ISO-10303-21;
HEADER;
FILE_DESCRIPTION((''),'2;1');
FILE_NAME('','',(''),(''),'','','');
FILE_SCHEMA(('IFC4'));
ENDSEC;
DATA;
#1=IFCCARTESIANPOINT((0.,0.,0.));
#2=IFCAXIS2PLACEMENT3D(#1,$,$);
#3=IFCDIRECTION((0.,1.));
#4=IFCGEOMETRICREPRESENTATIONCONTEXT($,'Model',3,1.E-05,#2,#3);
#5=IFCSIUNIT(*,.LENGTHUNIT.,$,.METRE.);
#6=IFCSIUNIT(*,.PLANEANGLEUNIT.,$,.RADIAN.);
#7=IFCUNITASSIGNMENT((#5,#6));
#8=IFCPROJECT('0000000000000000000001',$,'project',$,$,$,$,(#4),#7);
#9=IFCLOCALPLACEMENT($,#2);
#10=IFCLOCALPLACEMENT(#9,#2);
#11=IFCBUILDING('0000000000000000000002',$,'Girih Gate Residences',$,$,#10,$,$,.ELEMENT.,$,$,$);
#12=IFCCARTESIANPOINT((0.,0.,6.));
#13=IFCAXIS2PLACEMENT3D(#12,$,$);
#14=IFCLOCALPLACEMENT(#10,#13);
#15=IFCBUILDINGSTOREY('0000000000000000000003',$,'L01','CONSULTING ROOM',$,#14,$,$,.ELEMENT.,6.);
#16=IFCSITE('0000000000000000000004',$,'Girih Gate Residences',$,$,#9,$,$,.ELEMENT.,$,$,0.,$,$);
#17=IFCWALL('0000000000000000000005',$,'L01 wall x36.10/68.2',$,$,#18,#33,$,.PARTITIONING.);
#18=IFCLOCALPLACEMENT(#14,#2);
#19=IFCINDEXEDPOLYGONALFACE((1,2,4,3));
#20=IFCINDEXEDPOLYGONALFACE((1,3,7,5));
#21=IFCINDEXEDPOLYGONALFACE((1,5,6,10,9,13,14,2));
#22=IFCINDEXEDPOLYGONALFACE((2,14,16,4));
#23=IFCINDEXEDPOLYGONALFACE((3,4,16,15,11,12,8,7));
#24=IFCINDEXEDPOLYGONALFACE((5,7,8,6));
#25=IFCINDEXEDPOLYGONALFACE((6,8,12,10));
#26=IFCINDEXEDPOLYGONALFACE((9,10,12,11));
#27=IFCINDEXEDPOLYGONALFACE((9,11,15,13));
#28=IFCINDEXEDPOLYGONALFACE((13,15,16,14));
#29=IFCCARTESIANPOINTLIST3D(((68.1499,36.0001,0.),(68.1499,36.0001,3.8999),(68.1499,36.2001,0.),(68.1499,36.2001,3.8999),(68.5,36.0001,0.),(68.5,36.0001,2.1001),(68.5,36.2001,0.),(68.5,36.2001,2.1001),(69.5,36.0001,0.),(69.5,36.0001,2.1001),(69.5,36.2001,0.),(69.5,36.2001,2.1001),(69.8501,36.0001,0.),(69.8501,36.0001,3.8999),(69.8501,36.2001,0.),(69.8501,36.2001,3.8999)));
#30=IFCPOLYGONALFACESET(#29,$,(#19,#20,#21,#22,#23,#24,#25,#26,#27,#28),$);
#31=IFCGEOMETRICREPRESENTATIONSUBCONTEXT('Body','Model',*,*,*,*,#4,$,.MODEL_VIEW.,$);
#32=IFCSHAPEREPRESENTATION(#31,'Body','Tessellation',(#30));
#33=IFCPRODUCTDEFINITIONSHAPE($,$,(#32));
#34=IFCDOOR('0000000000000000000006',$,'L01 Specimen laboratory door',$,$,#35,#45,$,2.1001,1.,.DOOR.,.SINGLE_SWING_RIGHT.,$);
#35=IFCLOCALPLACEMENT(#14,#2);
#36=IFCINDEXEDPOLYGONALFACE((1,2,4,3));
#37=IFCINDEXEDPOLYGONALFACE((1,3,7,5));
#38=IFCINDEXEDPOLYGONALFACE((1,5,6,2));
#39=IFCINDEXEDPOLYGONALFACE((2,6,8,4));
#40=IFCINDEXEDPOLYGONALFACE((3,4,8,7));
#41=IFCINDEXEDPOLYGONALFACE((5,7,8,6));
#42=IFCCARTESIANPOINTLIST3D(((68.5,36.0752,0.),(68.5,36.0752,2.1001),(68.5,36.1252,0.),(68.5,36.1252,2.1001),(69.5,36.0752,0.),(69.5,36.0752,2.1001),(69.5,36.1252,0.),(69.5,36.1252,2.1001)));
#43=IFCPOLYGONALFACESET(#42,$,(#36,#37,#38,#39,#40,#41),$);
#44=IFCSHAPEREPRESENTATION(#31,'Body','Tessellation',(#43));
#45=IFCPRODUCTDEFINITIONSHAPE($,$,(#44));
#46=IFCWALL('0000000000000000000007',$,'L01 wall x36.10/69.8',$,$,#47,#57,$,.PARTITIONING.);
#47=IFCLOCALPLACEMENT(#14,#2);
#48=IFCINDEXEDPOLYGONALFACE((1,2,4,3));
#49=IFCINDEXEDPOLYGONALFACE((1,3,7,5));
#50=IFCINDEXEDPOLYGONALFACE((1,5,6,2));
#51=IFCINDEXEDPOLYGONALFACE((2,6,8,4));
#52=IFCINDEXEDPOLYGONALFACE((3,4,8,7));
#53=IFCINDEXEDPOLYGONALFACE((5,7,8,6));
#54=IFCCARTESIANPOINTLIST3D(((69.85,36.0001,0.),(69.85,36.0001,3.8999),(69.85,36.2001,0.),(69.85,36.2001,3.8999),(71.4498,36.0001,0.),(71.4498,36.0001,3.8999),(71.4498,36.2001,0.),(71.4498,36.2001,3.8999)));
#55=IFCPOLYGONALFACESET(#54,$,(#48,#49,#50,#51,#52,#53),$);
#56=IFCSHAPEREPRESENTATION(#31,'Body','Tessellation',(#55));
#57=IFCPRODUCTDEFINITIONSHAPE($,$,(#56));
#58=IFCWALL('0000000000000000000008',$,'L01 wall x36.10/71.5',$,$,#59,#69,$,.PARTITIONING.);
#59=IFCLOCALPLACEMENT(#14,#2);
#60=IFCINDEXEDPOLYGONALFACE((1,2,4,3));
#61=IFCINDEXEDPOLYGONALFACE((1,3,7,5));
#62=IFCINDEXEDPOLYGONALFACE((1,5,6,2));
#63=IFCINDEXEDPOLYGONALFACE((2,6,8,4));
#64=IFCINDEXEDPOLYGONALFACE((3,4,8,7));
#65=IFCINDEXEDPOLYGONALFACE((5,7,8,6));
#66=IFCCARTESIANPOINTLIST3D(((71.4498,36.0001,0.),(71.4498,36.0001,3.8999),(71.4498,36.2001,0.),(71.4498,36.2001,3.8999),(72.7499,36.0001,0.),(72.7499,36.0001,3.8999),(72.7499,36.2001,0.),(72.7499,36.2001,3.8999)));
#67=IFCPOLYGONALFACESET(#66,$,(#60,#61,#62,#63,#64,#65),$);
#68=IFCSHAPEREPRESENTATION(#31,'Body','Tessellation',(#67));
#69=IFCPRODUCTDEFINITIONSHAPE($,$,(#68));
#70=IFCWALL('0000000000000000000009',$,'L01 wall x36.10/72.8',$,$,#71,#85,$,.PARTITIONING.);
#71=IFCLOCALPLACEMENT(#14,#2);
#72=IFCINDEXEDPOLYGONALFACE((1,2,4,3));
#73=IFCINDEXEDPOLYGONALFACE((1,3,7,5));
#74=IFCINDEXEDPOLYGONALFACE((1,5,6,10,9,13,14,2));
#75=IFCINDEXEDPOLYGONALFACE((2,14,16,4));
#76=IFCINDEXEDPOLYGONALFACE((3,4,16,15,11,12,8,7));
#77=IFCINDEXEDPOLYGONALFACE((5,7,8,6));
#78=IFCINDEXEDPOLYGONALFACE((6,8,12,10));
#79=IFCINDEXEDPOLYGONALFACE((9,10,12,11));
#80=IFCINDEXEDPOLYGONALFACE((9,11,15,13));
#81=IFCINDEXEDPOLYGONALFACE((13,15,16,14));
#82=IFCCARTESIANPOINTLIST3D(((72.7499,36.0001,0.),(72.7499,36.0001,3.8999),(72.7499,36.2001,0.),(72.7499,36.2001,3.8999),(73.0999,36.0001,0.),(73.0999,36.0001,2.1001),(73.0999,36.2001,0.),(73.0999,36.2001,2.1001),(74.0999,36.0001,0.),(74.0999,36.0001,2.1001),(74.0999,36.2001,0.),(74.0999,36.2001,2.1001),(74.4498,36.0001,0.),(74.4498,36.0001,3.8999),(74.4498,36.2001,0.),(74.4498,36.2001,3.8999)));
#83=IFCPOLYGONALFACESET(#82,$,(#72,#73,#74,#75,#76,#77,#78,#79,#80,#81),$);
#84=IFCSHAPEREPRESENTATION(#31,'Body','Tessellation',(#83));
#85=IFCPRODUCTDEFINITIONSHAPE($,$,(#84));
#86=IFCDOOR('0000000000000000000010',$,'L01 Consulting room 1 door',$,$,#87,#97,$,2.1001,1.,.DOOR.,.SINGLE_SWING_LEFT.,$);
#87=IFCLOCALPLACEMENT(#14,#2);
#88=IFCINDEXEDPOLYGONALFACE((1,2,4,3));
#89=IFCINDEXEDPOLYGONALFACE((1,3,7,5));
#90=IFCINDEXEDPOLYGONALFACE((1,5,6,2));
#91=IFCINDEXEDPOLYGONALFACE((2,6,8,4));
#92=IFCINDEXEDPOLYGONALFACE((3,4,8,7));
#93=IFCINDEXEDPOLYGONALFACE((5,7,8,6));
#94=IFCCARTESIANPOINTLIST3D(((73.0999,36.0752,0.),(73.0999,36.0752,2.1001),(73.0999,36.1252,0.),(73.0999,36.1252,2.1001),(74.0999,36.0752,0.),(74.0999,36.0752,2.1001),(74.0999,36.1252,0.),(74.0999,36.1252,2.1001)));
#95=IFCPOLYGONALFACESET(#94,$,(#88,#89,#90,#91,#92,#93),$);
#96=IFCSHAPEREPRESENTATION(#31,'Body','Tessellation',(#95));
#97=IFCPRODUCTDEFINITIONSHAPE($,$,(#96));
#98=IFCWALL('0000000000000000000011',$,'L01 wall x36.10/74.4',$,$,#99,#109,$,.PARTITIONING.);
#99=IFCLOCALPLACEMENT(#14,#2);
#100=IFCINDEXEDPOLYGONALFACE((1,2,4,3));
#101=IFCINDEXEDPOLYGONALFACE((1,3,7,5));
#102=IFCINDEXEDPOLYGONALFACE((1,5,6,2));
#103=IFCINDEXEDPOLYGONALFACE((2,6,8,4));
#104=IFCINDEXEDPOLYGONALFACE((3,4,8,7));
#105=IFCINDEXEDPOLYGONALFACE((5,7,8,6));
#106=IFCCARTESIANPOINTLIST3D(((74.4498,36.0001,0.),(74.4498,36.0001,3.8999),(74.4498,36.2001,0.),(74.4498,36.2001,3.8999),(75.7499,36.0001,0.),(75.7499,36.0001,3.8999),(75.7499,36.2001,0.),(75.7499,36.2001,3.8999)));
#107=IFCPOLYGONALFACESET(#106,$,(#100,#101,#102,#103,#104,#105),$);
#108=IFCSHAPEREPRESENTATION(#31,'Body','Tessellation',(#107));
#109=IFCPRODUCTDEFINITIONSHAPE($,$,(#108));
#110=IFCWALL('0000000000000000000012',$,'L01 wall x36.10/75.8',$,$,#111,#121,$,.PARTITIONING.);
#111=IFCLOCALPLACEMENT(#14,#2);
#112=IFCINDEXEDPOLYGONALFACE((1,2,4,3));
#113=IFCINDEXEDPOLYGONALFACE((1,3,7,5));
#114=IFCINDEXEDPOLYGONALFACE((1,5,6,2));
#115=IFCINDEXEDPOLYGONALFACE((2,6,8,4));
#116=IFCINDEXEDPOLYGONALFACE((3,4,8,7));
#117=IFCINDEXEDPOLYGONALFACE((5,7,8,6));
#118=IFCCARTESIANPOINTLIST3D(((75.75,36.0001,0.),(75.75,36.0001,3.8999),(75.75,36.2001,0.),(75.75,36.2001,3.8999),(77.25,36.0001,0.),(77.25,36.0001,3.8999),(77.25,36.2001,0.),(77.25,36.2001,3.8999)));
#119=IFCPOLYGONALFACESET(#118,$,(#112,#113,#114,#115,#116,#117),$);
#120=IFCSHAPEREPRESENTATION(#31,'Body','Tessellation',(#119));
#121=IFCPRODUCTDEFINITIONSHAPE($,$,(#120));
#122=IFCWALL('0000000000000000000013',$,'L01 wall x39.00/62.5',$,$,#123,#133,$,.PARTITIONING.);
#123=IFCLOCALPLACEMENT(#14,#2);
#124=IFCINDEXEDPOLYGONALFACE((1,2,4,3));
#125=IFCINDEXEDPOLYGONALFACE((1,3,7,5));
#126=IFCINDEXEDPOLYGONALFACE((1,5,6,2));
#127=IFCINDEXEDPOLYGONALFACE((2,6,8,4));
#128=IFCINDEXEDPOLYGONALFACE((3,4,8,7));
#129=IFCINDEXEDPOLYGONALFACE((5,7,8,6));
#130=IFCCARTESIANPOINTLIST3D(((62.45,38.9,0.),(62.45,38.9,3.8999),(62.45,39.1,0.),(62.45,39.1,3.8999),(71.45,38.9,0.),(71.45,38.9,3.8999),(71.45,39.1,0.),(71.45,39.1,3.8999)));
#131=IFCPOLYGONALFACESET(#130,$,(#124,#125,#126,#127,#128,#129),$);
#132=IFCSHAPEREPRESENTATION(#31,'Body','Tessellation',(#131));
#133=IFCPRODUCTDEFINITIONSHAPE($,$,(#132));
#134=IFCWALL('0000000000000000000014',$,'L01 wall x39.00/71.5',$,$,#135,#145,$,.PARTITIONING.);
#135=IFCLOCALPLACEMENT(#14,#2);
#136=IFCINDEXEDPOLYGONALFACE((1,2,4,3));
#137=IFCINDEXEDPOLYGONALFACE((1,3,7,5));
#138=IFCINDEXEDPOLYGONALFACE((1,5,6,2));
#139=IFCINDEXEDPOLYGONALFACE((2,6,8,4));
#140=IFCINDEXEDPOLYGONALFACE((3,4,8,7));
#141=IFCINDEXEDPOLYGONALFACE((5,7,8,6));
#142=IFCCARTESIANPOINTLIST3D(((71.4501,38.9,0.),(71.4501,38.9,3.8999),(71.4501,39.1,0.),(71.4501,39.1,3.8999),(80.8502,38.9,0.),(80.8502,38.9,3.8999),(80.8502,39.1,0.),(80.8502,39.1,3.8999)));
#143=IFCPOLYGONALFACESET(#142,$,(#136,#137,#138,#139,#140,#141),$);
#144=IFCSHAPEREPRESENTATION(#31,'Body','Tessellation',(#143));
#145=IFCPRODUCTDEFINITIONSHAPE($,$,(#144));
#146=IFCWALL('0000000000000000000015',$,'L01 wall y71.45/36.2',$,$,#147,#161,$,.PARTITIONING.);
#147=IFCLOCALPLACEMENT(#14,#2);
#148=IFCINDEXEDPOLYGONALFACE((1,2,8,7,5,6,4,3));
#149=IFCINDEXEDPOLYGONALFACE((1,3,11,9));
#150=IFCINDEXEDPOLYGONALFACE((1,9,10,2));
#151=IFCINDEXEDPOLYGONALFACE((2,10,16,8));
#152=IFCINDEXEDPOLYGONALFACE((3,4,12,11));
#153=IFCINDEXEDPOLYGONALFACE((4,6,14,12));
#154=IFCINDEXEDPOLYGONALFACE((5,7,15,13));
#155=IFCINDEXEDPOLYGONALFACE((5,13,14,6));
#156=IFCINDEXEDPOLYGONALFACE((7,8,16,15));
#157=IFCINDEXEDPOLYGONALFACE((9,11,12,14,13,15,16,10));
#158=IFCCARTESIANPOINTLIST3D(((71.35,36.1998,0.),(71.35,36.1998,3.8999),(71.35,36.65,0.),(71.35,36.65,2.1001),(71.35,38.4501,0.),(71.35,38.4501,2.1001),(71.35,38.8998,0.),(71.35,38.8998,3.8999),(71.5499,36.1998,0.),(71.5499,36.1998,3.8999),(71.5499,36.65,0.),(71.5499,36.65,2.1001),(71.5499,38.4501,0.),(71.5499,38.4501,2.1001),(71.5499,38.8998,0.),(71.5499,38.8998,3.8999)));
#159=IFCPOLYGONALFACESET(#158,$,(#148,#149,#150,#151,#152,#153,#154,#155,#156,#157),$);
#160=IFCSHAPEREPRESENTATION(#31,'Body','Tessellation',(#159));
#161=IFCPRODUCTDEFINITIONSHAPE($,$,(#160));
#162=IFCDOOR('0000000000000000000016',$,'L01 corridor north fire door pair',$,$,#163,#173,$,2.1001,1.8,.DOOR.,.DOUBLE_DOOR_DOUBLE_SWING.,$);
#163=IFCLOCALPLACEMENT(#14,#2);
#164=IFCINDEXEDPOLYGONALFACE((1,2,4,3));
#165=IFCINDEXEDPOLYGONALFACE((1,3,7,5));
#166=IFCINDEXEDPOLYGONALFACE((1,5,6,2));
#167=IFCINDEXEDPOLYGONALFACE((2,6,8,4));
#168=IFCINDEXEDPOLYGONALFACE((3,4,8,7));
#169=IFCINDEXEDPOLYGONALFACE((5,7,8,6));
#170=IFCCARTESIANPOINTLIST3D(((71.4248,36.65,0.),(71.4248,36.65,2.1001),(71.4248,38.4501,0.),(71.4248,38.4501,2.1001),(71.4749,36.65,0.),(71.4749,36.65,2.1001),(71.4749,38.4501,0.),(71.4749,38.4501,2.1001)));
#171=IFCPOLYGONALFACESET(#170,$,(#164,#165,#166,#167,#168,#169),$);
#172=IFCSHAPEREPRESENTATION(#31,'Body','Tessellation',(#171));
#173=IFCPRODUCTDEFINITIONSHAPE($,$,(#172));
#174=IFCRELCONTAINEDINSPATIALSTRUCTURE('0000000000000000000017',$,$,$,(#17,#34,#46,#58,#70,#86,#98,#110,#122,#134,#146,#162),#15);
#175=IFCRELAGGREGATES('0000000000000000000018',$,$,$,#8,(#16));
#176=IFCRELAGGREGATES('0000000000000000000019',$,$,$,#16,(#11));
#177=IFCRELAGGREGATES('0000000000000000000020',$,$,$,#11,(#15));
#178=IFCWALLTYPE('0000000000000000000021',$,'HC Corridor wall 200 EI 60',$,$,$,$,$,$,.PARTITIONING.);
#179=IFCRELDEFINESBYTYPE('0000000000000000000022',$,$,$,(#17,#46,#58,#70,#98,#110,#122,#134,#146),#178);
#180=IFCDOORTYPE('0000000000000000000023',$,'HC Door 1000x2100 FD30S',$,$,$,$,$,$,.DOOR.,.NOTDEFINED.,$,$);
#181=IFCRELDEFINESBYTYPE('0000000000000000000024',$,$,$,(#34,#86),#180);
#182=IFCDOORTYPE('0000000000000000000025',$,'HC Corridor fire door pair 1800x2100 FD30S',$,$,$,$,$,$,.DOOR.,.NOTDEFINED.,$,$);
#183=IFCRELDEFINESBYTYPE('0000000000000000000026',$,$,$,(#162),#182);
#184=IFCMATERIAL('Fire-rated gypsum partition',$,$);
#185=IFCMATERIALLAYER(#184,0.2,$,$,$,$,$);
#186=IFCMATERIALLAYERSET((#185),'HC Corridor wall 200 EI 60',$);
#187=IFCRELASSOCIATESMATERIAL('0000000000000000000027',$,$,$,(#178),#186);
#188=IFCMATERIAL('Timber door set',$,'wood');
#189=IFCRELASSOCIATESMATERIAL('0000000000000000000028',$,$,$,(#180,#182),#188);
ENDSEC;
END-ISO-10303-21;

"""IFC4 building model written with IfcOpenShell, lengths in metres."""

from ifc_helpers import new_model, si_unit, direction, frame, frame_2d, origin, place, context, subcontext, project, spatial, rectangle, extrude, material, layer, layer_set, type_object, element, fill, save


model = new_model("IFC4")

# Units and contexts
model_context = context("Model", 3, precision=1e-05, world=origin(), true_north=direction((0.0, 1.0)))
body_context = subcontext(model_context, "Body", "Model", "MODEL_VIEW")
ifc_project = project(units=[si_unit("LENGTHUNIT", "METRE"), si_unit("PLANEANGLEUNIT", "RADIAN")], contexts=[model_context])

# Site, building, storey
site_placement = place(None, origin())
site = spatial("IfcSite", under=ifc_project, at=site_placement, Name="Girih Gate Residences", CompositionType="ELEMENT", RefElevation=0.0)
building_placement = place(site_placement, origin())
building = spatial("IfcBuilding", under=site, at=building_placement, Name="Girih Gate Residences", CompositionType="ELEMENT")
storey_placement = place(building_placement, frame((0.0, 0.0, 6.0)))
storey = spatial("IfcBuildingStorey", under=building, at=storey_placement, Name="L01", Description="CONSULTING ROOM", CompositionType="ELEMENT", Elevation=6.0)

# Shared definitions
ifc_material_1 = material(Name="Fire-rated gypsum partition")
ifc_layer_1 = layer(ifc_material_1, 0.2)
ifc_layer_set_1 = layer_set([ifc_layer_1], Name="HC Corridor wall 200 EI 60")
wall_type_1 = type_object("IfcWallType", Name="HC Corridor wall 200 EI 60", PredefinedType="PARTITIONING", material=ifc_layer_set_1)

# Shared definitions
ifc_material_2 = material(Name="Timber door set", Category="wood")
door_type_1 = type_object("IfcDoorType", Name="HC Door 1000x2100 FD30S", OperationType="NOTDEFINED", PredefinedType="DOOR", material=ifc_material_2)

# Wall, opening, door
wall_1_placement = place(storey_placement, frame((69.8501, 36.1001, 0.0), z_axis=(0.0, 0.0, 1.0), x_axis=(-1.0, 0.0, 0.0)))
wall_1 = element("IfcWall", 1, at=wall_1_placement, inside=storey, type_object=wall_type_1, Name="L01 wall x36.10/68.2", PredefinedType="PARTITIONING", context=body_context, shape_type="SweptSolid", body=[
    extrude(rectangle(XDim=1.7002, YDim=0.2, at=frame_2d((0.8501, 0.0))), origin(), (0.0, 0.0, 1.0), 3.8999),
])
opening_1_placement = place(wall_1_placement, frame((0.3501, 0.0, 0.0)))
opening_1 = element("IfcOpeningElement", 2, at=opening_1_placement, cuts=wall_1, PredefinedType="OPENING", context=body_context, shape_type="SweptSolid", body=[
    extrude(rectangle(XDim=1.0, YDim=2.1001, at=frame_2d((0.5, 1.05))), frame((0.0, 0.1099, 0.0), z_axis=(0.0, -1.0, 0.0), x_axis=(1.0, 0.0, 0.0)), (0.0, 0.0, 1.0), 0.22),
])
door_1_placement = place(opening_1_placement, origin())
door_1 = element("IfcDoor", 3, at=door_1_placement, inside=storey, type_object=door_type_1, Name="L01 Specimen laboratory door", OperationType="SINGLE_SWING_RIGHT", OverallHeight=2.1001, OverallWidth=1.0, PredefinedType="DOOR", context=body_context, shape_type="SweptSolid", body=[
    extrude(rectangle(XDim=1.0, YDim=2.1001, at=frame_2d((0.5, 1.05))), frame((0.0, 0.0249, 0.0), z_axis=(0.0, -1.0, 0.0), x_axis=(1.0, 0.0, 0.0)), (0.0, 0.0, 1.0), 0.05),
])
fill(opening_1, door_1)

# Walls
wall_2_placement = place(storey_placement, frame((69.8501, 36.1001, 0.0), z_axis=(0.0, 0.0, 1.0), x_axis=(1.0, 0.0, 0.0)))
element("IfcWall", 4, at=wall_2_placement, inside=storey, type_object=wall_type_1, Name="L01 wall x36.10/69.8", PredefinedType="PARTITIONING", context=body_context, shape_type="SweptSolid", body=[
    extrude(rectangle(XDim=1.5999, YDim=0.2, at=frame_2d((0.7998, 0.0))), origin(), (0.0, 0.0, 1.0), 3.8999),
])
wall_3_placement = place(storey_placement, frame((71.45, 36.1001, 0.0), z_axis=(0.0, 0.0, 1.0), x_axis=(1.0, 0.0, 0.0)))
element("IfcWall", 5, at=wall_3_placement, inside=storey, type_object=wall_type_1, Name="L01 wall x36.10/71.5", PredefinedType="PARTITIONING", context=body_context, shape_type="SweptSolid", body=[
    extrude(rectangle(XDim=1.3, YDim=0.2, at=frame_2d((0.6499, 0.0))), origin(), (0.0, 0.0, 1.0), 3.8999),
])

# Wall, opening, door
wall_4_placement = place(storey_placement, frame((74.45, 36.1001, 0.0), z_axis=(0.0, 0.0, 1.0), x_axis=(-1.0, 0.0, 0.0)))
wall_4 = element("IfcWall", 6, at=wall_4_placement, inside=storey, type_object=wall_type_1, Name="L01 wall x36.10/72.8", PredefinedType="PARTITIONING", context=body_context, shape_type="SweptSolid", body=[
    extrude(rectangle(XDim=1.7, YDim=0.2, at=frame_2d((0.8501, 0.0))), origin(), (0.0, 0.0, 1.0), 3.8999),
])
opening_2_placement = place(wall_4_placement, frame((0.3501, 0.0, 0.0)))
opening_2 = element("IfcOpeningElement", 7, at=opening_2_placement, cuts=wall_4, PredefinedType="OPENING", context=body_context, shape_type="SweptSolid", body=[
    extrude(rectangle(XDim=1.0, YDim=2.1001, at=frame_2d((0.5, 1.05))), frame((0.0, 0.1099, 0.0), z_axis=(0.0, -1.0, 0.0), x_axis=(1.0, 0.0, 0.0)), (0.0, 0.0, 1.0), 0.22),
])
door_2_placement = place(opening_2_placement, origin())
door_2 = element("IfcDoor", 8, at=door_2_placement, inside=storey, type_object=door_type_1, Name="L01 Consulting room 1 door", OperationType="SINGLE_SWING_LEFT", OverallHeight=2.1001, OverallWidth=1.0, PredefinedType="DOOR", context=body_context, shape_type="SweptSolid", body=[
    extrude(rectangle(XDim=1.0, YDim=2.1001, at=frame_2d((0.5, 1.05))), frame((0.0, 0.0249, 0.0), z_axis=(0.0, -1.0, 0.0), x_axis=(1.0, 0.0, 0.0)), (0.0, 0.0, 1.0), 0.05),
])
fill(opening_2, door_2)

# Walls
wall_5_placement = place(storey_placement, frame((74.45, 36.1001, 0.0), z_axis=(0.0, 0.0, 1.0), x_axis=(1.0, 0.0, 0.0)))
element("IfcWall", 9, at=wall_5_placement, inside=storey, type_object=wall_type_1, Name="L01 wall x36.10/74.4", PredefinedType="PARTITIONING", context=body_context, shape_type="SweptSolid", body=[
    extrude(rectangle(XDim=1.3, YDim=0.2, at=frame_2d((0.6499, 0.0))), origin(), (0.0, 0.0, 1.0), 3.8999),
])
wall_6_placement = place(storey_placement, frame((75.75, 36.1001, 0.0), z_axis=(0.0, 0.0, 1.0), x_axis=(1.0, 0.0, 0.0)))
element("IfcWall", 10, at=wall_6_placement, inside=storey, type_object=wall_type_1, Name="L01 wall x36.10/75.8", PredefinedType="PARTITIONING", context=body_context, shape_type="SweptSolid", body=[
    extrude(rectangle(XDim=1.5, YDim=0.2, at=frame_2d((0.75, 0.0))), origin(), (0.0, 0.0, 1.0), 3.8999),
])
wall_7_placement = place(storey_placement, frame((62.45, 39.0, 0.0), z_axis=(0.0, 0.0, 1.0), x_axis=(1.0, 0.0, 0.0)))
element("IfcWall", 11, at=wall_7_placement, inside=storey, type_object=wall_type_1, Name="L01 wall x39.00/62.5", PredefinedType="PARTITIONING", context=body_context, shape_type="SweptSolid", body=[
    extrude(rectangle(XDim=9.0, YDim=0.2, at=frame_2d((4.5, 0.0))), origin(), (0.0, 0.0, 1.0), 3.8999),
])
wall_8_placement = place(storey_placement, frame((71.45, 39.0, 0.0), z_axis=(0.0, 0.0, 1.0), x_axis=(1.0, 0.0, 0.0)))
element("IfcWall", 12, at=wall_8_placement, inside=storey, type_object=wall_type_1, Name="L01 wall x39.00/71.5", PredefinedType="PARTITIONING", context=body_context, shape_type="SweptSolid", body=[
    extrude(rectangle(XDim=9.4001, YDim=0.2, at=frame_2d((4.7002, 0.0))), origin(), (0.0, 0.0, 1.0), 3.8999),
])

# Wall, opening, door
wall_9_placement = place(storey_placement, frame((71.45, 38.8999, 0.0), z_axis=(0.0, 0.0, 1.0), x_axis=(0.0, -1.0, 0.0)))
wall_9 = element("IfcWall", 13, at=wall_9_placement, inside=storey, type_object=wall_type_1, Name="L01 wall y71.45/36.2", PredefinedType="PARTITIONING", context=body_context, shape_type="SweptSolid", body=[
    extrude(rectangle(XDim=2.7, YDim=0.2, at=frame_2d((1.3501, 0.0))), origin(), (0.0, 0.0, 1.0), 3.8999),
])
opening_3_placement = place(wall_9_placement, frame((0.45, 0.0, 0.0)))
opening_3 = element("IfcOpeningElement", 14, at=opening_3_placement, cuts=wall_9, PredefinedType="OPENING", context=body_context, shape_type="SweptSolid", body=[
    extrude(rectangle(XDim=1.8, YDim=2.1001, at=frame_2d((0.8999, 1.05))), frame((0.0, 0.1099, 0.0), z_axis=(0.0, -1.0, 0.0), x_axis=(1.0, 0.0, 0.0)), (0.0, 0.0, 1.0), 0.22),
])
door_type_2 = type_object("IfcDoorType", Name="HC Corridor fire door pair 1800x2100 FD30S", OperationType="NOTDEFINED", PredefinedType="DOOR", material=ifc_material_2)
door_3_placement = place(opening_3_placement, origin())
door_3 = element("IfcDoor", 15, at=door_3_placement, inside=storey, type_object=door_type_2, Name="L01 corridor north fire door pair", OperationType="DOUBLE_DOOR_DOUBLE_SWING", OverallHeight=2.1001, OverallWidth=1.8, PredefinedType="DOOR", context=body_context, shape_type="SweptSolid", body=[
    extrude(rectangle(XDim=1.8, YDim=2.1001, at=frame_2d((0.8999, 1.05))), frame((0.0, 0.0249, 0.0), z_axis=(0.0, -1.0, 0.0), x_axis=(1.0, 0.0, 0.0)), (0.0, 0.0, 1.0), 0.05),
])
fill(opening_3, door_3)

save(model, "model.ifc")
